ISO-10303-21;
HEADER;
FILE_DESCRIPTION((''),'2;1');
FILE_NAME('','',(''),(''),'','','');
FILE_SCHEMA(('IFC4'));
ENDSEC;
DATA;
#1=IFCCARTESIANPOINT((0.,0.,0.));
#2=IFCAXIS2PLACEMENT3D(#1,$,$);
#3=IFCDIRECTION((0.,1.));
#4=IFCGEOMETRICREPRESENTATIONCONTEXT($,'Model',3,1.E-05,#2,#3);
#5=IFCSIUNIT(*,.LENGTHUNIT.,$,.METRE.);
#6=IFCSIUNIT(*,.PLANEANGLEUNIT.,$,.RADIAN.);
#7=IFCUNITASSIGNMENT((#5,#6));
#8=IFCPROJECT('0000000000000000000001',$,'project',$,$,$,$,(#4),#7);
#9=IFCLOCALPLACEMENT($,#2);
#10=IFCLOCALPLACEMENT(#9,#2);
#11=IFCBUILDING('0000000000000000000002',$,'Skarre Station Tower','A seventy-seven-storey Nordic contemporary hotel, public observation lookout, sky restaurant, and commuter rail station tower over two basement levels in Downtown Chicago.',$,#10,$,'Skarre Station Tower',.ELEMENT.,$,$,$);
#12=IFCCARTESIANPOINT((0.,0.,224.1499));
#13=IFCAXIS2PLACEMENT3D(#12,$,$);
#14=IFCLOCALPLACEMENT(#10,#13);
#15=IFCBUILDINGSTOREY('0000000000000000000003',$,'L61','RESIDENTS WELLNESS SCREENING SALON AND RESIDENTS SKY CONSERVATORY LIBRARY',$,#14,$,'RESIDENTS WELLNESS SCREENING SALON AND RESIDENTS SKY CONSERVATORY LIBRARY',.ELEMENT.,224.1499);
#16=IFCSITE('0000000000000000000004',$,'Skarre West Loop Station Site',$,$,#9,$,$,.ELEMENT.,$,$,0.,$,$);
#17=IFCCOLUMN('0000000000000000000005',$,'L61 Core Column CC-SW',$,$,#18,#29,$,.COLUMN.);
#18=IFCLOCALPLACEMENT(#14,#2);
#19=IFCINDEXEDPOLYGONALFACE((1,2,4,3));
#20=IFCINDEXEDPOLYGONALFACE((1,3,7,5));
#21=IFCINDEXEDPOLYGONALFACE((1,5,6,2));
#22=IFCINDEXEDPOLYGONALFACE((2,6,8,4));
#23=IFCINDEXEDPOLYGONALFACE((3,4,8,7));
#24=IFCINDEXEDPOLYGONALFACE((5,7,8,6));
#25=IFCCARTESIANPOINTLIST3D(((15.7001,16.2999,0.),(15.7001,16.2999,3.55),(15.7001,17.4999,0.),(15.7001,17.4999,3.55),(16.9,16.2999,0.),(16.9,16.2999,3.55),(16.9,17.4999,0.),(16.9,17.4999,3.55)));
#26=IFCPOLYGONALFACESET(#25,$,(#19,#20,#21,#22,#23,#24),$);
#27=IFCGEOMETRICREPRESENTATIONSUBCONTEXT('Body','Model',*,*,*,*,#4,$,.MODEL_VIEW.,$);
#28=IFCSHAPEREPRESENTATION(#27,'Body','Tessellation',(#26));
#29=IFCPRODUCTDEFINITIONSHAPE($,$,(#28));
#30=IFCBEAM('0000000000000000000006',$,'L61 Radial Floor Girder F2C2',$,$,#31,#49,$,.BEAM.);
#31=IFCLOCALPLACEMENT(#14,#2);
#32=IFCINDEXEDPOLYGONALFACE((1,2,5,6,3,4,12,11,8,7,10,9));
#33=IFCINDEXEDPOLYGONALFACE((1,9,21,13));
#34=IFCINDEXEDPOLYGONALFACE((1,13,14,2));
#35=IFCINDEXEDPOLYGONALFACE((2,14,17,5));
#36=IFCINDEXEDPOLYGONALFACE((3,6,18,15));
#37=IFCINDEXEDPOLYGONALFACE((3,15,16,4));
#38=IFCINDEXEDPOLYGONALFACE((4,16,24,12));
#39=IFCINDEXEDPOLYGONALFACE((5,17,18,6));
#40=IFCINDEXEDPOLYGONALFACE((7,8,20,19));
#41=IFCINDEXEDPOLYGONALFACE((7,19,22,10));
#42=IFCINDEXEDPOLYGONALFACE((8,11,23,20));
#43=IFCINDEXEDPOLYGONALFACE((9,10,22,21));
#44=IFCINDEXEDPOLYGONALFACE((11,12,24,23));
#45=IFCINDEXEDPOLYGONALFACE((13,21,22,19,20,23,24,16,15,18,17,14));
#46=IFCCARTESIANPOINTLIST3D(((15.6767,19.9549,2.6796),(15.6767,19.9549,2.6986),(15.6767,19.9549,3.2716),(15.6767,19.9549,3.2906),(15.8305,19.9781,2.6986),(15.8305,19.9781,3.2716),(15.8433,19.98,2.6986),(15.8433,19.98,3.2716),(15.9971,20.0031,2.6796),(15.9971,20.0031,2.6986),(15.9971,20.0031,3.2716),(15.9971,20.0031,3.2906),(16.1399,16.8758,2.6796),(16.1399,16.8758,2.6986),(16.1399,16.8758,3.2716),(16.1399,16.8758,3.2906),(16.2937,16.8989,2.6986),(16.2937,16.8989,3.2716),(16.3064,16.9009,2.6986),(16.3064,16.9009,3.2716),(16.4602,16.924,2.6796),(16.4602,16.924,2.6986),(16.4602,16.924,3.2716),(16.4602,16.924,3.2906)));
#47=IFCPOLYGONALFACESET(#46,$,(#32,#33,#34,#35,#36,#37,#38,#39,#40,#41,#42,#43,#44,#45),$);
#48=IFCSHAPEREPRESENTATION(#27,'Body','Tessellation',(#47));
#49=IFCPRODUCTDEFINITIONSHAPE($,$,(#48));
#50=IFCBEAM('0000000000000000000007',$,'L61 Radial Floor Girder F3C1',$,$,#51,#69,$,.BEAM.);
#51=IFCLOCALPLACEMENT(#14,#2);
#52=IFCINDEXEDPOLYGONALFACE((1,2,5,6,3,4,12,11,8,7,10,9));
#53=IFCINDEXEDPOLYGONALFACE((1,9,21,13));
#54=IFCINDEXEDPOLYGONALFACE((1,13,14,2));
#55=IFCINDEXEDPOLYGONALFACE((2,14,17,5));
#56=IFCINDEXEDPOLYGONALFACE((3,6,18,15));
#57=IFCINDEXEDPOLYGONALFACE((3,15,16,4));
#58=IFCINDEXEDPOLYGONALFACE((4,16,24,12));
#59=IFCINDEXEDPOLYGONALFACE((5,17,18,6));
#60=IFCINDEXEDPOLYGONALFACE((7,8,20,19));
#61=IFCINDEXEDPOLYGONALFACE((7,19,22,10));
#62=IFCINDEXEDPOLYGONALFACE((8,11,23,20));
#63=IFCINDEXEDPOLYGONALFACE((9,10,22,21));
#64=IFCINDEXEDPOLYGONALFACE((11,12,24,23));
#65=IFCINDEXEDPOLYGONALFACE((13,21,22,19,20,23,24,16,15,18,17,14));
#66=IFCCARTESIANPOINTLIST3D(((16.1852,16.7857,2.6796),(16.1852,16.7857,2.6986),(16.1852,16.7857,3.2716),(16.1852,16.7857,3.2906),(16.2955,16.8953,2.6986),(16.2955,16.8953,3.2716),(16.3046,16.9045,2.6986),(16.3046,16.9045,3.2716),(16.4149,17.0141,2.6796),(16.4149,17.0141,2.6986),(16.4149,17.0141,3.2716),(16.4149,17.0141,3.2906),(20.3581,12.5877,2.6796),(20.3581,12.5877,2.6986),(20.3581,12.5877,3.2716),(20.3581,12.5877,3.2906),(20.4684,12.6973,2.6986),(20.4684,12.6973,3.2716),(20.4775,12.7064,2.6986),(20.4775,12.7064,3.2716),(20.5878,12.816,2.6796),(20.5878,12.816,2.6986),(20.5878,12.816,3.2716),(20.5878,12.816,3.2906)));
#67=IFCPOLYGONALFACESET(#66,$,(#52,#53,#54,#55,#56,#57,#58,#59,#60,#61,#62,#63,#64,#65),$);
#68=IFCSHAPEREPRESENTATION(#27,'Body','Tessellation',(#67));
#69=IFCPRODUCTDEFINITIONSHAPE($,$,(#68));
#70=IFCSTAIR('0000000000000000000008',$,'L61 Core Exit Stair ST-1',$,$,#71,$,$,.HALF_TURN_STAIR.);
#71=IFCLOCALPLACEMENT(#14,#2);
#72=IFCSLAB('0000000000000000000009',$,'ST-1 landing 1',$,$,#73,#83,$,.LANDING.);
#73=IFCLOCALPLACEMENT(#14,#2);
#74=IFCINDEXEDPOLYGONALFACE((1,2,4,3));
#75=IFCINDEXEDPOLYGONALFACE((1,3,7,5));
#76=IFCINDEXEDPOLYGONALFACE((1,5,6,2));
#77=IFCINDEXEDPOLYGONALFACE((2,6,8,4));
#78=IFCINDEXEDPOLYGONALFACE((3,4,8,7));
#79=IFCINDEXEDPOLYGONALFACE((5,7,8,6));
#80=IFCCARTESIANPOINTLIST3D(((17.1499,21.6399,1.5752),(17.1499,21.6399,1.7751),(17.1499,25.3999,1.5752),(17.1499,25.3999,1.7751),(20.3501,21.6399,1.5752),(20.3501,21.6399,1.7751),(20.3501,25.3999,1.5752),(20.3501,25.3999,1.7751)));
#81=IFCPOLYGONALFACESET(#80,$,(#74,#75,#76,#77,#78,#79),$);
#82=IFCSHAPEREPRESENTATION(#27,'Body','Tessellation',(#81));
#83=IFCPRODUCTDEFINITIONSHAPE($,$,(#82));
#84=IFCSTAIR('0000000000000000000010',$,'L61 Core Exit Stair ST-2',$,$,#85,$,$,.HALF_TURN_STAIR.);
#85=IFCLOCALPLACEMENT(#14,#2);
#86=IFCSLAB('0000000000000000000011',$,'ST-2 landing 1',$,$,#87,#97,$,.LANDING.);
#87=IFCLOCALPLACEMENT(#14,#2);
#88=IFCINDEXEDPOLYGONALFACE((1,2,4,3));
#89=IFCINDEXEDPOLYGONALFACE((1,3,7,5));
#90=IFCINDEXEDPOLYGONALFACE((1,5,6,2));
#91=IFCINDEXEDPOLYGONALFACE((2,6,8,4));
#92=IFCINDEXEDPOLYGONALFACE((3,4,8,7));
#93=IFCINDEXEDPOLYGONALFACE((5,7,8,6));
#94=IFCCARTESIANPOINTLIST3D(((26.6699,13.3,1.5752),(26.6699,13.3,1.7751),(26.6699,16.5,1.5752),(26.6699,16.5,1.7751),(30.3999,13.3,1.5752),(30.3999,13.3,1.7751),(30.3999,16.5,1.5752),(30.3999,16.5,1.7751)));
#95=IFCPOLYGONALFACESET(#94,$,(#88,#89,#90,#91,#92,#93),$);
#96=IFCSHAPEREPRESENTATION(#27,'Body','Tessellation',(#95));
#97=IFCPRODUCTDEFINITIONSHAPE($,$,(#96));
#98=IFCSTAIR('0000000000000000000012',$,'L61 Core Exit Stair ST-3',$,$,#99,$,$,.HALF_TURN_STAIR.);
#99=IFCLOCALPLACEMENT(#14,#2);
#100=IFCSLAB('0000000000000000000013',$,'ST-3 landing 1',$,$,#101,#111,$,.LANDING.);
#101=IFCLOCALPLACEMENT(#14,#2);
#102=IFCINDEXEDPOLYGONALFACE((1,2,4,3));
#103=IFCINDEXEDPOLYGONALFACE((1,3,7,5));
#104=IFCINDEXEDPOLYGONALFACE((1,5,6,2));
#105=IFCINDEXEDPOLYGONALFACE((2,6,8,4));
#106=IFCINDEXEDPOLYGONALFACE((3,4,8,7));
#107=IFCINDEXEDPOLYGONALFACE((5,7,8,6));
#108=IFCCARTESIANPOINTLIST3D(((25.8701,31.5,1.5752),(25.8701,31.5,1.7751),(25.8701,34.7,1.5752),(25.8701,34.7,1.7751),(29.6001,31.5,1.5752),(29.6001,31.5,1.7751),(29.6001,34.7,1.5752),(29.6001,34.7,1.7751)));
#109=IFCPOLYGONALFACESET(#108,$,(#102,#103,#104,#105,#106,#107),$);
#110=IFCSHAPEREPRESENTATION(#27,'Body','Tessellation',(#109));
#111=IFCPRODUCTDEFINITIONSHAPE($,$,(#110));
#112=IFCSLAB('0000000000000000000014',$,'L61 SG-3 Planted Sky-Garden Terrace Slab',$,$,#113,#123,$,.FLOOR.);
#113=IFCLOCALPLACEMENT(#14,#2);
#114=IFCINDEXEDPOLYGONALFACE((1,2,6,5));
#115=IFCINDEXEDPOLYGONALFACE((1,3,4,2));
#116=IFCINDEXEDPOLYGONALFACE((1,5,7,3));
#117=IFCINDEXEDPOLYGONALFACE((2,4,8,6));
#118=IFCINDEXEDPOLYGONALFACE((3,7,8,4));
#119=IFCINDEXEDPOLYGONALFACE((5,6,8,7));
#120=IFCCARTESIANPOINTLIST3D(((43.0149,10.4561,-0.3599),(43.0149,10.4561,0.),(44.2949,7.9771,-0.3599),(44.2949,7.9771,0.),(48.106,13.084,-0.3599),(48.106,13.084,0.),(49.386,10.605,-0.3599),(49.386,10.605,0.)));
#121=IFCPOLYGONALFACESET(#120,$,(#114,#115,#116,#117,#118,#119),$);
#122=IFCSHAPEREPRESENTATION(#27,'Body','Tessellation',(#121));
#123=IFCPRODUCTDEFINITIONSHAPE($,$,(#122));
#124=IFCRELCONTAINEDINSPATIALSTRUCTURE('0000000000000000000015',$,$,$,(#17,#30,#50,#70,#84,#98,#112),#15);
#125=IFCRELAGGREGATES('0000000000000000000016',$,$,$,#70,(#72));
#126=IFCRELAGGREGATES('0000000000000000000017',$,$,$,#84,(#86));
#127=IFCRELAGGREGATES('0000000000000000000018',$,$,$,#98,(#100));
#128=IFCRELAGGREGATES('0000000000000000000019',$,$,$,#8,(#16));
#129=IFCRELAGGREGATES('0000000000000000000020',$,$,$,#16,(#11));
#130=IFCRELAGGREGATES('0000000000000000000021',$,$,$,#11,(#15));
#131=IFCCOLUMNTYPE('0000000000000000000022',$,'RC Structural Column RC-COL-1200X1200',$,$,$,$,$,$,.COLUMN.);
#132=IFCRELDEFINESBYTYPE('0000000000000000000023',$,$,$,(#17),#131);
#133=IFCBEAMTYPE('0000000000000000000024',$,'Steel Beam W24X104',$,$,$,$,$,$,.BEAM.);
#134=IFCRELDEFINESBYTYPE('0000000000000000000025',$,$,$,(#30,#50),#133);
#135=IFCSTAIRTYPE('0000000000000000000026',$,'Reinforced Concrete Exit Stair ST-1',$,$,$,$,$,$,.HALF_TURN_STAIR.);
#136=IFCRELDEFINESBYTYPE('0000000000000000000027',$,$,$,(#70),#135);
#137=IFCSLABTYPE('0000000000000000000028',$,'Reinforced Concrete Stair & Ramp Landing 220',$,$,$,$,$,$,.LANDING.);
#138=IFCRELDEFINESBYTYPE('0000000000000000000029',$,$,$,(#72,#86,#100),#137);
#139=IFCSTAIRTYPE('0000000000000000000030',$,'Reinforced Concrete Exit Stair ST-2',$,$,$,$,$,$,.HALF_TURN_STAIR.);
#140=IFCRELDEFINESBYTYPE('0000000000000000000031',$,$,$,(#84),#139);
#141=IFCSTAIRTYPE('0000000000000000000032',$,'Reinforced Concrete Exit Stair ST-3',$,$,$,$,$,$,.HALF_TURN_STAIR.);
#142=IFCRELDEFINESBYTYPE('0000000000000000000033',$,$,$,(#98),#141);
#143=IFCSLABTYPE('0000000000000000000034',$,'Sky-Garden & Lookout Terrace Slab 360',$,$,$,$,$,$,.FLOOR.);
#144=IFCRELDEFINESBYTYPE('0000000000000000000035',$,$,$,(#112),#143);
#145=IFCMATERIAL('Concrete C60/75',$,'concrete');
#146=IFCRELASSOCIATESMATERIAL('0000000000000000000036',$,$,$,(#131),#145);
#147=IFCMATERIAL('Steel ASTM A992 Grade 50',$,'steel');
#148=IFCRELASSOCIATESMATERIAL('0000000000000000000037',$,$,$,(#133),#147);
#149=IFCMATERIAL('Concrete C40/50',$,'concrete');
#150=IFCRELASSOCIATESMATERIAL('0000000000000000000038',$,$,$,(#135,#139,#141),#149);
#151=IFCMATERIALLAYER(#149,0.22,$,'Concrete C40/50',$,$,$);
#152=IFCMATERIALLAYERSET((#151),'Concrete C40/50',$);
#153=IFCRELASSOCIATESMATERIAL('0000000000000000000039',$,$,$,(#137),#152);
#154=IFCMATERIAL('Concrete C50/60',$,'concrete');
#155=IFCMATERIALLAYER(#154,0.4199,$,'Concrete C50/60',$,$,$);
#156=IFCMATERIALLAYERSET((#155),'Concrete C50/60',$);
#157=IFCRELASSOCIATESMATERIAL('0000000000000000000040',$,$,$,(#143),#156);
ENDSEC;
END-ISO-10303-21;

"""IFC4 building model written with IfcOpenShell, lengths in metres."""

from ifc_helpers import new_model, si_unit, direction, frame, origin, origin_2d, place, context, subcontext, project, spatial, polyline, rectangle, i_section, outline, extrude, material, layer, layer_set, material_profile, profile_set, type_object, element, aggregate, save


model = new_model("IFC4")

# Units and contexts
model_context = context("Model", 3, precision=1e-05, world=origin(), true_north=direction((0.0, 1.0)))
body_context = subcontext(model_context, "Body", "Model", "MODEL_VIEW")
ifc_project = project(units=[si_unit("LENGTHUNIT", "METRE"), si_unit("PLANEANGLEUNIT", "RADIAN")], contexts=[model_context])

# Site, building, storey
site_placement = place(None, origin())
site = spatial("IfcSite", under=ifc_project, at=site_placement, Name="Skarre West Loop Station Site", CompositionType="ELEMENT", RefElevation=0.0)
building_placement = place(site_placement, origin())
building = spatial("IfcBuilding", under=site, at=building_placement, Name="Skarre Station Tower", Description="A seventy-seven-storey Nordic contemporary hotel, public observation lookout, sky restaurant, and commuter rail station tower over two basement levels in Downtown Chicago.", LongName="Skarre Station Tower", CompositionType="ELEMENT")
storey_placement = place(building_placement, frame((0.0, 0.0, 224.1499)))
storey = spatial("IfcBuildingStorey", under=building, at=storey_placement, Name="L61", Description="RESIDENTS WELLNESS SCREENING SALON AND RESIDENTS SKY CONSERVATORY LIBRARY", LongName="RESIDENTS WELLNESS SCREENING SALON AND RESIDENTS SKY CONSERVATORY LIBRARY", CompositionType="ELEMENT", Elevation=224.1499)

# Column
ifc_material_1 = material(Name="Concrete C60/75", Category="concrete")
ifc_material_profile_1 = material_profile(ifc_material_1, rectangle(XDim=1.2, YDim=1.2, at=origin_2d()), Name="Concrete C60/75")
ifc_profile_set_1 = profile_set([ifc_material_profile_1], Name="Concrete C60/75")
column_type = type_object("IfcColumnType", Name="RC Structural Column RC-COL-1200X1200", PredefinedType="COLUMN", material=ifc_profile_set_1)
column_placement = place(storey_placement, frame((16.3, 16.8999, 0.0), z_axis=(0.0, 0.0, 1.0), x_axis=(1.0, 0.0, 0.0)))
element("IfcColumn", 1, at=column_placement, inside=storey, type_object=column_type, Name="L61 Core Column CC-SW", PredefinedType="COLUMN", context=body_context, shape_type="SweptSolid", body=[
    extrude(rectangle(XDim=1.2, YDim=1.2, at=origin_2d()), origin(), (0.0, 0.0, 1.0), 3.55),
])

# Beams
ifc_material_2 = material(Name="Steel ASTM A992 Grade 50", Category="steel")
ifc_material_profile_2 = material_profile(ifc_material_2, i_section(OverallWidth=0.324, OverallDepth=0.6111, WebThickness=0.0129, FlangeThickness=0.019, at=origin_2d()), Name="Steel ASTM A992 Grade 50")
ifc_profile_set_2 = profile_set([ifc_material_profile_2], Name="Steel ASTM A992 Grade 50")
beam_type = type_object("IfcBeamType", Name="Steel Beam W24X104", PredefinedType="BEAM", material=ifc_profile_set_2)
beam_1_placement = place(storey_placement, frame((16.3, 16.8999, 2.9851), z_axis=(-0.148739, 0.988876, 0.0), x_axis=(-0.988876, -0.148739, 0.0)))
element("IfcBeam", 2, at=beam_1_placement, inside=storey, type_object=beam_type, Name="L61 Radial Floor Girder F2C2", PredefinedType="BEAM", context=body_context, shape_type="SweptSolid", body=[
    extrude(i_section(OverallWidth=0.324, OverallDepth=0.6111, WebThickness=0.0129, FlangeThickness=0.019, at=origin_2d()), origin(), (0.0, 0.0, 1.0), 3.1138),
])
beam_2_placement = place(storey_placement, frame((16.3, 16.8999, 2.9851), z_axis=(0.704979, -0.709228, 0.0), x_axis=(0.709228, 0.704979, 0.0)))
element("IfcBeam", 3, at=beam_2_placement, inside=storey, type_object=beam_type, Name="L61 Radial Floor Girder F3C1", PredefinedType="BEAM", context=body_context, shape_type="SweptSolid", body=[
    extrude(i_section(OverallWidth=0.324, OverallDepth=0.6111, WebThickness=0.0129, FlangeThickness=0.019, at=origin_2d()), origin(), (0.0, 0.0, 1.0), 5.9192),
])

# Stairs, slabs
ifc_material_3 = material(Name="Concrete C40/50", Category="concrete")
stair_type_1 = type_object("IfcStairType", Name="Reinforced Concrete Exit Stair ST-1", PredefinedType="HALF_TURN_STAIR", material=ifc_material_3)
stair_1_placement = place(storey_placement, origin())
stair_1 = element("IfcStair", 4, at=stair_1_placement, inside=storey, type_object=stair_type_1, Name="L61 Core Exit Stair ST-1", PredefinedType="HALF_TURN_STAIR")
ifc_layer_1 = layer(ifc_material_3, 0.22, Name="Concrete C40/50")
ifc_layer_set_1 = layer_set([ifc_layer_1], Name="Concrete C40/50")
slab_type_1 = type_object("IfcSlabType", Name="Reinforced Concrete Stair & Ramp Landing 220", PredefinedType="LANDING", material=ifc_layer_set_1)
slab_1_placement = place(storey_placement, frame((0.0, 0.0, 1.5752)))
slab_1 = element("IfcSlab", 5, at=slab_1_placement, type_object=slab_type_1, Name="ST-1 landing 1", PredefinedType="LANDING", context=body_context, shape_type="SweptSolid", body=[
    extrude(outline(polyline([(20.3501, 21.6399), (20.3501, 25.3999), (17.1499, 25.3999), (17.1499, 21.6399), (20.3501, 21.6399)])), origin(), (0.0, 0.0, 1.0), 0.2),
])
aggregate(stair_1, [slab_1])
stair_type_2 = type_object("IfcStairType", Name="Reinforced Concrete Exit Stair ST-2", PredefinedType="HALF_TURN_STAIR", material=ifc_material_3)
stair_2_placement = place(storey_placement, origin())
stair_2 = element("IfcStair", 6, at=stair_2_placement, inside=storey, type_object=stair_type_2, Name="L61 Core Exit Stair ST-2", PredefinedType="HALF_TURN_STAIR")
slab_2_placement = place(storey_placement, frame((0.0, 0.0, 1.5752)))
slab_2 = element("IfcSlab", 7, at=slab_2_placement, type_object=slab_type_1, Name="ST-2 landing 1", PredefinedType="LANDING", context=body_context, shape_type="SweptSolid", body=[
    extrude(outline(polyline([(26.6699, 13.3), (30.3999, 13.3), (30.3999, 16.5), (26.6699, 16.5), (26.6699, 13.3)])), origin(), (0.0, 0.0, 1.0), 0.2),
])
aggregate(stair_2, [slab_2])
stair_type_3 = type_object("IfcStairType", Name="Reinforced Concrete Exit Stair ST-3", PredefinedType="HALF_TURN_STAIR", material=ifc_material_3)
stair_3_placement = place(storey_placement, origin())
stair_3 = element("IfcStair", 8, at=stair_3_placement, inside=storey, type_object=stair_type_3, Name="L61 Core Exit Stair ST-3", PredefinedType="HALF_TURN_STAIR")
slab_3_placement = place(storey_placement, frame((0.0, 0.0, 1.5752)))
slab_3 = element("IfcSlab", 9, at=slab_3_placement, type_object=slab_type_1, Name="ST-3 landing 1", PredefinedType="LANDING", context=body_context, shape_type="SweptSolid", body=[
    extrude(outline(polyline([(25.8701, 31.5), (29.6001, 31.5), (29.6001, 34.7), (25.8701, 34.7), (25.8701, 31.5)])), origin(), (0.0, 0.0, 1.0), 0.2),
])
aggregate(stair_3, [slab_3])

# Slab
ifc_material_4 = material(Name="Concrete C50/60", Category="concrete")
ifc_layer_2 = layer(ifc_material_4, 0.4199, Name="Concrete C50/60")
ifc_layer_set_2 = layer_set([ifc_layer_2], Name="Concrete C50/60")
slab_type_2 = type_object("IfcSlabType", Name="Sky-Garden & Lookout Terrace Slab 360", PredefinedType="FLOOR", material=ifc_layer_set_2)
slab_4_placement = place(storey_placement, frame((0.0, 0.0, -0.3599)))
element("IfcSlab", 10, at=slab_4_placement, inside=storey, type_object=slab_type_2, Name="L61 SG-3 Planted Sky-Garden Terrace Slab", PredefinedType="FLOOR", context=body_context, shape_type="SweptSolid", body=[
    extrude(outline(polyline([(48.106, 13.084), (43.0149, 10.4561), (44.2949, 7.9771), (49.386, 10.605), (48.106, 13.084)])), origin(), (0.0, 0.0, 1.0), 0.3599),
])

save(model, "model.ifc")
